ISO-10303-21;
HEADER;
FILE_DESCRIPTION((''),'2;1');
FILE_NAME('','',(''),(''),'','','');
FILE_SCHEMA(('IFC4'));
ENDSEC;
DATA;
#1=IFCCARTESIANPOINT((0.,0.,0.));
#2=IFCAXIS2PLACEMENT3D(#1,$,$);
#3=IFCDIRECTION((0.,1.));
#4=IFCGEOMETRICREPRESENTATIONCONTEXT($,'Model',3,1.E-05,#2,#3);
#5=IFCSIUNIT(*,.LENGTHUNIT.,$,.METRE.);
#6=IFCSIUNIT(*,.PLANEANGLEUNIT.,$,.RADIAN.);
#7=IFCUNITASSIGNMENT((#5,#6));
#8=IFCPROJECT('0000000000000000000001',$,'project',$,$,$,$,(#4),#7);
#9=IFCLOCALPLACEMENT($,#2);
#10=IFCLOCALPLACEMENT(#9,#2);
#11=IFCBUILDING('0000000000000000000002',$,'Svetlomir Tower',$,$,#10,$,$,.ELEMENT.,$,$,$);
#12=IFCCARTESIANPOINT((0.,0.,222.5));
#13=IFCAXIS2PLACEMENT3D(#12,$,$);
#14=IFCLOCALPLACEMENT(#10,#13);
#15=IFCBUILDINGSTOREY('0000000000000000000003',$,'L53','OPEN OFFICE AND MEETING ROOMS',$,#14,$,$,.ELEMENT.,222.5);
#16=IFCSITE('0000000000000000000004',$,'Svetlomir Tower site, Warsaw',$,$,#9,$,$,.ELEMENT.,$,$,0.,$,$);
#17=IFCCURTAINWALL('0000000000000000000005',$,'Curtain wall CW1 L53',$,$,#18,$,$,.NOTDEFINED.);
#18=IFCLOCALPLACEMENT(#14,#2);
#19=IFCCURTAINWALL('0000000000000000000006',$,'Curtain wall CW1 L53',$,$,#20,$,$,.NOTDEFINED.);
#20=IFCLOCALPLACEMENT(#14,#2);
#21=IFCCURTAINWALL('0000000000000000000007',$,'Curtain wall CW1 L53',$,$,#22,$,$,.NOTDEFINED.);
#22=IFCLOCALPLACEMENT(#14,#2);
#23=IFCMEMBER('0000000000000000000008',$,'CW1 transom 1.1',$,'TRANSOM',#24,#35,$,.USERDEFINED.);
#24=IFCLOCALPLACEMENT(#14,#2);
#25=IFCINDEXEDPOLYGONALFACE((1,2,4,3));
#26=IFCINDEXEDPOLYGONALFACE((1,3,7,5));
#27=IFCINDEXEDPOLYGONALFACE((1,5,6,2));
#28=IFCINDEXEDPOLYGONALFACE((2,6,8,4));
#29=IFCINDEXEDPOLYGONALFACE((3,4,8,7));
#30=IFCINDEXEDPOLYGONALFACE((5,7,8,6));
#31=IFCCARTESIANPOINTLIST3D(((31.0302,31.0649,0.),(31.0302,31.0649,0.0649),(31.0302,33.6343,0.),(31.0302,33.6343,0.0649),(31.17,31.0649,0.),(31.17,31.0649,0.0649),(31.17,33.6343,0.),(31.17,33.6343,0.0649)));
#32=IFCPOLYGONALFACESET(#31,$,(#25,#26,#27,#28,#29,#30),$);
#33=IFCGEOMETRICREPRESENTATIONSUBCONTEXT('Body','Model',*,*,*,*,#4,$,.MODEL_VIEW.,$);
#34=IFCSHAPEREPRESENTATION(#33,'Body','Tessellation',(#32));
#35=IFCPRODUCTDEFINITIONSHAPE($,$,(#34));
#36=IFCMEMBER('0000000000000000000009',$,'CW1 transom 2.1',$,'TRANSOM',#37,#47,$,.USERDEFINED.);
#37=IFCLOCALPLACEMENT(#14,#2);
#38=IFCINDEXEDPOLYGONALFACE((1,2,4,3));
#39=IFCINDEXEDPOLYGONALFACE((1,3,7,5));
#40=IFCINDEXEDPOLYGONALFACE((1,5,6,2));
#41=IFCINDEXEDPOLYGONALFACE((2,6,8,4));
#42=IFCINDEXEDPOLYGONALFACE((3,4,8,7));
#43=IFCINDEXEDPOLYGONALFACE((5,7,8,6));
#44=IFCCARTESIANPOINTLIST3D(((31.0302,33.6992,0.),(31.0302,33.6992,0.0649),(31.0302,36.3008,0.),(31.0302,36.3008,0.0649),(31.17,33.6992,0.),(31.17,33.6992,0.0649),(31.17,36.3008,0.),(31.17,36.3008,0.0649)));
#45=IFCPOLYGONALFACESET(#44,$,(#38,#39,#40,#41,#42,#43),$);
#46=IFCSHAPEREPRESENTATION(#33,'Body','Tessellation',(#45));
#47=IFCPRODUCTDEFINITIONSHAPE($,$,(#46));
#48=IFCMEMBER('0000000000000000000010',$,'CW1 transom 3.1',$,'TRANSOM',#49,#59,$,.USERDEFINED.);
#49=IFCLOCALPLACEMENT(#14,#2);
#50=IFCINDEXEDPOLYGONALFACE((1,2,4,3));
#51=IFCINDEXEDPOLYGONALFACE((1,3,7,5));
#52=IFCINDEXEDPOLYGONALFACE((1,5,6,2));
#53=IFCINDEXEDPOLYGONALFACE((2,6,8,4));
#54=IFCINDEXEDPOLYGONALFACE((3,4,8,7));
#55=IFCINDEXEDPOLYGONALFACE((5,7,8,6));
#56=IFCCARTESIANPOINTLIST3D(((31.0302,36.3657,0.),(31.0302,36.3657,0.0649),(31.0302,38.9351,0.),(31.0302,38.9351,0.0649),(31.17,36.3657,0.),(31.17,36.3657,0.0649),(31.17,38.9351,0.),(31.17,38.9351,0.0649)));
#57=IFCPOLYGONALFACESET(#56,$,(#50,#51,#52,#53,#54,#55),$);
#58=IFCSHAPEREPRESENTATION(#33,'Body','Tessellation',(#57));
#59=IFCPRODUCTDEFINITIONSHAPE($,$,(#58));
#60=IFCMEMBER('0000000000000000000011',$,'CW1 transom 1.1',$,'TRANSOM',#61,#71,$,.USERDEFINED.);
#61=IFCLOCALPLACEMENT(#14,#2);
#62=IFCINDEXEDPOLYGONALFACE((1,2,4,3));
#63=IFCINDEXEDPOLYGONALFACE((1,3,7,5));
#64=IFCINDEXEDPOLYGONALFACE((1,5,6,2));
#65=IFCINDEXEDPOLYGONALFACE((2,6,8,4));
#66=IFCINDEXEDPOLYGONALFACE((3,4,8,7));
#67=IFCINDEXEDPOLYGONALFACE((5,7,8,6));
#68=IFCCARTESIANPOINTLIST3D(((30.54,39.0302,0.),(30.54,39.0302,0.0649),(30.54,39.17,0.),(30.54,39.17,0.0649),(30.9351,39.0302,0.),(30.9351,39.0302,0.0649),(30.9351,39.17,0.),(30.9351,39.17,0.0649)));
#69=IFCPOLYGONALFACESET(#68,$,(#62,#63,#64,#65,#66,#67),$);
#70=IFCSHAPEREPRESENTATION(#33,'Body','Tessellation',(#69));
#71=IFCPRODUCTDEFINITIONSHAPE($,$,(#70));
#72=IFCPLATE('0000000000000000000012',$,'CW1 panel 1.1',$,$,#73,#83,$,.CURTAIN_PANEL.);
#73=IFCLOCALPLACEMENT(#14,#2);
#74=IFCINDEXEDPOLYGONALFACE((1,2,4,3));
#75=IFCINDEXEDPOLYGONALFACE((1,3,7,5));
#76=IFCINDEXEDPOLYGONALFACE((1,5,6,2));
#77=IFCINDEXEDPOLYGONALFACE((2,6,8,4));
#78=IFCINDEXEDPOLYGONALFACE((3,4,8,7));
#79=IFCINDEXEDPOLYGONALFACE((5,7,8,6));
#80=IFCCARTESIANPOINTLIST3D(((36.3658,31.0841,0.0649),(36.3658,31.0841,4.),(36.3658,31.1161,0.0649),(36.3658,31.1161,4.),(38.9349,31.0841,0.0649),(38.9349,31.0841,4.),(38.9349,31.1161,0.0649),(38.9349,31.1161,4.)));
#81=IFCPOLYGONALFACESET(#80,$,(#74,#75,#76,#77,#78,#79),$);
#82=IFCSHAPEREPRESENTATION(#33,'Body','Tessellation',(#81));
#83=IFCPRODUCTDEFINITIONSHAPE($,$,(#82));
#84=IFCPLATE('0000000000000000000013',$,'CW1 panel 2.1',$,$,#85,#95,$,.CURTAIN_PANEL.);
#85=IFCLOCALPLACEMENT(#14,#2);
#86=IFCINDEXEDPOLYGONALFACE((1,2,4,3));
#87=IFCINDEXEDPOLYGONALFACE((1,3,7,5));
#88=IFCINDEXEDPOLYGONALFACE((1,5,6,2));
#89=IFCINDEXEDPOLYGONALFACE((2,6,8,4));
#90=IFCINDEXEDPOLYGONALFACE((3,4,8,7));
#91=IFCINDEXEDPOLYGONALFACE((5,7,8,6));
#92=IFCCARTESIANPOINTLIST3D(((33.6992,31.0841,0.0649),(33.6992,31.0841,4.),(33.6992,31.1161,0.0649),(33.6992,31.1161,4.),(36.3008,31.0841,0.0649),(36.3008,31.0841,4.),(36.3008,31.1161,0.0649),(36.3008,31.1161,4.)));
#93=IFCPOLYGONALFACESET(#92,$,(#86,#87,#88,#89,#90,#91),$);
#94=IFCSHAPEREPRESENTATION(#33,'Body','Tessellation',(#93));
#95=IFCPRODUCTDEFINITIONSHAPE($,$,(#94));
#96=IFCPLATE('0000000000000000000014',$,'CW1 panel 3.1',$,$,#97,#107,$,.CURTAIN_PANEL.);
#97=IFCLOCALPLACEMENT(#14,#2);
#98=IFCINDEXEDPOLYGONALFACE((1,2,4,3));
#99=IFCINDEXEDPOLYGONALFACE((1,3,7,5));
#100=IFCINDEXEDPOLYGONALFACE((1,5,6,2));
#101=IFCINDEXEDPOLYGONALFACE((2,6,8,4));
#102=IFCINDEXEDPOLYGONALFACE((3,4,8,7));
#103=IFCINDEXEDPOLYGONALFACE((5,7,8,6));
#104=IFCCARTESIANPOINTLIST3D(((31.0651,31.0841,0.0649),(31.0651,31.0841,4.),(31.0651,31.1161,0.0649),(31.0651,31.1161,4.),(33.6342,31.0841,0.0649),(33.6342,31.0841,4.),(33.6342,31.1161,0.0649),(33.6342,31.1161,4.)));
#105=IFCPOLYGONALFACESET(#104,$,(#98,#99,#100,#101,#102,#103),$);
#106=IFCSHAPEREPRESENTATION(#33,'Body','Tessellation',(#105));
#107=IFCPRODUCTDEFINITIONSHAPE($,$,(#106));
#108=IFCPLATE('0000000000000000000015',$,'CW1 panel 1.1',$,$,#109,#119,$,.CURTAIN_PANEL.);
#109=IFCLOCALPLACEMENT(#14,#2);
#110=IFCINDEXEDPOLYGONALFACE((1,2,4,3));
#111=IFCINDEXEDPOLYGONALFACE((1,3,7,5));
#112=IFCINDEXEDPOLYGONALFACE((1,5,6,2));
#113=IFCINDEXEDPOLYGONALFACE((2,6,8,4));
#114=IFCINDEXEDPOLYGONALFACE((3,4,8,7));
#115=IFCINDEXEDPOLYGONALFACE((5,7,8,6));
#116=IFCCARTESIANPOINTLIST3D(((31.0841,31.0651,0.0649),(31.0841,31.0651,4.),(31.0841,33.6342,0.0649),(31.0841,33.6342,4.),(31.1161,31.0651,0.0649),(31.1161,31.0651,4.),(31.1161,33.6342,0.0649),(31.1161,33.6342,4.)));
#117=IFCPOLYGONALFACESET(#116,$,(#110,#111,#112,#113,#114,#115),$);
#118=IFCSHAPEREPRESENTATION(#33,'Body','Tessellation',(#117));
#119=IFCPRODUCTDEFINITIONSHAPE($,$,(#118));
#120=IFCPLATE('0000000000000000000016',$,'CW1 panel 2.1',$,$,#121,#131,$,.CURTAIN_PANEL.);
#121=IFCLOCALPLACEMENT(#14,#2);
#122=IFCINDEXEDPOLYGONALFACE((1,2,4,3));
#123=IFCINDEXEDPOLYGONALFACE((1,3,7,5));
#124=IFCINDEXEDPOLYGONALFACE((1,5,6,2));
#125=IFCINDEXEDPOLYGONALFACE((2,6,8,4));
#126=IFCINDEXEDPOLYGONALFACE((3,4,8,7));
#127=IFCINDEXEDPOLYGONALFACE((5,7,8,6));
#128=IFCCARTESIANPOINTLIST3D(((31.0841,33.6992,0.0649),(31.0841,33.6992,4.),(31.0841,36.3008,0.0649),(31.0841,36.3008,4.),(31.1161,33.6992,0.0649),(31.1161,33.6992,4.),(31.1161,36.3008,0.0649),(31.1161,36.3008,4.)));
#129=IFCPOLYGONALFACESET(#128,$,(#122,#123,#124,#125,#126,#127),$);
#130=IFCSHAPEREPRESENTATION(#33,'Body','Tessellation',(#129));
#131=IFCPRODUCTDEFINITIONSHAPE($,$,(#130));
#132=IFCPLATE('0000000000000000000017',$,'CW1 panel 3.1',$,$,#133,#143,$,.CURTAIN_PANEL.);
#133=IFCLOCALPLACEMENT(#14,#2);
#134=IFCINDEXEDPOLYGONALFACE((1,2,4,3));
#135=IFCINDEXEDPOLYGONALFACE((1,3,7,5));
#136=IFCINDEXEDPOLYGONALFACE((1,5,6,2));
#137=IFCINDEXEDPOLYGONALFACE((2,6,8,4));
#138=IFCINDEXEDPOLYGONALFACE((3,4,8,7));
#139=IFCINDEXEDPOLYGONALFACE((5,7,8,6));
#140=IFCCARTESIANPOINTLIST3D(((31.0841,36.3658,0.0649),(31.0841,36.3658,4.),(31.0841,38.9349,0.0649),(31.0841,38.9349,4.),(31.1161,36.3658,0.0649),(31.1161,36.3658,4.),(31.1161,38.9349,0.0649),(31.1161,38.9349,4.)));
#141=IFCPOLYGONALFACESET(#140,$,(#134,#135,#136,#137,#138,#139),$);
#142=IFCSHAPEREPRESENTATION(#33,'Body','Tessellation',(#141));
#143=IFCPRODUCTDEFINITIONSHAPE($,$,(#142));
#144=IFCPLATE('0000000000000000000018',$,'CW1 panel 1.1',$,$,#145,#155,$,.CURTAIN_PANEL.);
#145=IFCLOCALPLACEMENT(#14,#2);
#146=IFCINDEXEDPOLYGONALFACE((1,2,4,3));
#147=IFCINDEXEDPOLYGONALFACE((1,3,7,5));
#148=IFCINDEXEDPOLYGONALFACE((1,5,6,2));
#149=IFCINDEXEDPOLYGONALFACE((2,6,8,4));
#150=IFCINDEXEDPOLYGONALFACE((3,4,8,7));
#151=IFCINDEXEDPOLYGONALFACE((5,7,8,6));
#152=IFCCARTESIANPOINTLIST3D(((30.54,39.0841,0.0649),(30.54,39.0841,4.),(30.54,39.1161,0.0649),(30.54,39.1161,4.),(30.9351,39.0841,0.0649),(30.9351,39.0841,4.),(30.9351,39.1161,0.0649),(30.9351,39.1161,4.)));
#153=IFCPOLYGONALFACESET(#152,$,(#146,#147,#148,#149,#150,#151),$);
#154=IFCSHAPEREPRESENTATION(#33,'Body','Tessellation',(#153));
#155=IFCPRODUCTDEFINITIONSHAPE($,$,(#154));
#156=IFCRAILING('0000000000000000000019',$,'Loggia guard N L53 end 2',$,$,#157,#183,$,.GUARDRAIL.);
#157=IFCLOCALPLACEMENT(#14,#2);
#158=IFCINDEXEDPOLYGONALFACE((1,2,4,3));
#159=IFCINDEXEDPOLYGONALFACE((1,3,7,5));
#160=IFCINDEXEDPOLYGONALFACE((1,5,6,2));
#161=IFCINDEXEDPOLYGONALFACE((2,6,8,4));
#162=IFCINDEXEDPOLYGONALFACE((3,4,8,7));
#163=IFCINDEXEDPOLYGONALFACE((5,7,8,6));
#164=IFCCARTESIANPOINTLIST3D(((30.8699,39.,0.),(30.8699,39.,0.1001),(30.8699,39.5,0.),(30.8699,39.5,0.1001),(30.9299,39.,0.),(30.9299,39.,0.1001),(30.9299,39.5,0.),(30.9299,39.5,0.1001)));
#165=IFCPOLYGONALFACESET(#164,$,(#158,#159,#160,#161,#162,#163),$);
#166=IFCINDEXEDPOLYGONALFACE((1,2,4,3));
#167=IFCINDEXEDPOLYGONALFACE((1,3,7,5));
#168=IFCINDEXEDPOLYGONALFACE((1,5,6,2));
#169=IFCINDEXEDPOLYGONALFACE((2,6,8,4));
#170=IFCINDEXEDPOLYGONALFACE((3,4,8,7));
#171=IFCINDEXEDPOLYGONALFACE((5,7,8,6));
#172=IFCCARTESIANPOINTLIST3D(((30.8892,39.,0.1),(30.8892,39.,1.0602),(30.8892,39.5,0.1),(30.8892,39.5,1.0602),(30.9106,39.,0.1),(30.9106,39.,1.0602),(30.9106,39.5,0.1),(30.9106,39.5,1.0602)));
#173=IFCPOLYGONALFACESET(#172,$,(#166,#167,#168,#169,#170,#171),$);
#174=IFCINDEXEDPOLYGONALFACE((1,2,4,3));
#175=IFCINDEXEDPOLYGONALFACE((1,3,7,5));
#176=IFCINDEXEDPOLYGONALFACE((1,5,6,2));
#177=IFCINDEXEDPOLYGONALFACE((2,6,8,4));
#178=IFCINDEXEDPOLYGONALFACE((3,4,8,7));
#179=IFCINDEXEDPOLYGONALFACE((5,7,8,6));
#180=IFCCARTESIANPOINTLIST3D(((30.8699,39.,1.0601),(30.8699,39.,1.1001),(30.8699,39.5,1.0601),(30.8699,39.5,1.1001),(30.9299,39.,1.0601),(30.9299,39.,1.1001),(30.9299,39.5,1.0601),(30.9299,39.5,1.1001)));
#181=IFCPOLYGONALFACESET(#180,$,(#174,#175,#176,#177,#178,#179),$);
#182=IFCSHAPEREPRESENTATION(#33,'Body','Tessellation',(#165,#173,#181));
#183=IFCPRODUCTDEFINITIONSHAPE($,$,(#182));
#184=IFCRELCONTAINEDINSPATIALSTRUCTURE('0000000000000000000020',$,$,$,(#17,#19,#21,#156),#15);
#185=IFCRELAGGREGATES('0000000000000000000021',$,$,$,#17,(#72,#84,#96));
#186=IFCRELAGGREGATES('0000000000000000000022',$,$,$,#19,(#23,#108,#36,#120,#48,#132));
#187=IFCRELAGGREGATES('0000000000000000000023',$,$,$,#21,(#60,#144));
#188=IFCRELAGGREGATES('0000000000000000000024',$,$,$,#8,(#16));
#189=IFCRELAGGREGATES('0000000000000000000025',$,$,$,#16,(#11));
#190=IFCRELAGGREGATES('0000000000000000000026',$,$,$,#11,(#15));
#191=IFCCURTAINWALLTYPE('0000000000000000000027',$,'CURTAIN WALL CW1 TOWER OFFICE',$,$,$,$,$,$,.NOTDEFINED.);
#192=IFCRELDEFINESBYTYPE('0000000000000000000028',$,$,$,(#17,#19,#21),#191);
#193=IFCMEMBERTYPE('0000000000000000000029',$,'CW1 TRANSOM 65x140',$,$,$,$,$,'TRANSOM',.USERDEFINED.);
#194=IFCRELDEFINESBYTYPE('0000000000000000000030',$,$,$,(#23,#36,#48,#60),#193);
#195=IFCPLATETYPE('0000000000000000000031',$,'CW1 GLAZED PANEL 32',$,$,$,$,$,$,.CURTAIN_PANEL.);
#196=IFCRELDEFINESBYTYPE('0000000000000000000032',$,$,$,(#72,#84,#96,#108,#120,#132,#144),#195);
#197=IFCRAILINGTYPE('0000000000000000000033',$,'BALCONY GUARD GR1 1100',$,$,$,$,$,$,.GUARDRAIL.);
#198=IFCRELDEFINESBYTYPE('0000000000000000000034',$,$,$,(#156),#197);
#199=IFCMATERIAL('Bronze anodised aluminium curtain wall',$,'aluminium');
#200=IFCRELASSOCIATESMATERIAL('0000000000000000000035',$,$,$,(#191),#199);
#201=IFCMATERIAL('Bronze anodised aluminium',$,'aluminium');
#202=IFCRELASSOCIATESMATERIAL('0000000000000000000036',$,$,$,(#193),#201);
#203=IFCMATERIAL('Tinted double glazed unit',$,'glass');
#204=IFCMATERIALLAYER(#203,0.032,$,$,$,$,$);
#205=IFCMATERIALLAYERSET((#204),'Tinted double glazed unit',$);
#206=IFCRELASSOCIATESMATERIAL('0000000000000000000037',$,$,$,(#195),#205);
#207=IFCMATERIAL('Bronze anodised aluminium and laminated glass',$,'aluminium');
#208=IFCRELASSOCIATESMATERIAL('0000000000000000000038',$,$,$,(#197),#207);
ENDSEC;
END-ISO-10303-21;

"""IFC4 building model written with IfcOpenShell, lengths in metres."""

from ifc_helpers import new_model, si_unit, direction, frame, origin, origin_2d, place, context, subcontext, project, spatial, rectangle, extrude, material, layer, layer_set, material_profile, profile_set, type_object, element, aggregate, save


model = new_model("IFC4")

# Units and contexts
model_context = context("Model", 3, precision=1e-05, world=origin(), true_north=direction((0.0, 1.0)))
body_context = subcontext(model_context, "Body", "Model", "MODEL_VIEW")
ifc_project = project(units=[si_unit("LENGTHUNIT", "METRE"), si_unit("PLANEANGLEUNIT", "RADIAN")], contexts=[model_context])

# Site, building, storey
site_placement = place(None, origin())
site = spatial("IfcSite", under=ifc_project, at=site_placement, Name="Svetlomir Tower site, Warsaw", CompositionType="ELEMENT", RefElevation=0.0)
building_placement = place(site_placement, origin())
building = spatial("IfcBuilding", under=site, at=building_placement, Name="Svetlomir Tower", CompositionType="ELEMENT")
storey_placement = place(building_placement, frame((0.0, 0.0, 222.5)))
storey = spatial("IfcBuildingStorey", under=building, at=storey_placement, Name="L53", Description="OPEN OFFICE AND MEETING ROOMS", CompositionType="ELEMENT", Elevation=222.5)

# Curtain walls
ifc_material_1 = material(Name="Bronze anodised aluminium curtain wall", Category="aluminium")
curtain_wall_type = type_object("IfcCurtainWallType", Name="CURTAIN WALL CW1 TOWER OFFICE", PredefinedType="NOTDEFINED", material=ifc_material_1)
curtain_wall_1_placement = place(storey_placement, origin())
curtain_wall_1 = element("IfcCurtainWall", 1, at=curtain_wall_1_placement, inside=storey, type_object=curtain_wall_type, Name="Curtain wall CW1 L53", PredefinedType="NOTDEFINED")
curtain_wall_2_placement = place(storey_placement, origin())
curtain_wall_2 = element("IfcCurtainWall", 2, at=curtain_wall_2_placement, inside=storey, type_object=curtain_wall_type, Name="Curtain wall CW1 L53", PredefinedType="NOTDEFINED")

# Curtain wall
curtain_wall_3_placement = place(storey_placement, origin())
curtain_wall_3 = element("IfcCurtainWall", 3, at=curtain_wall_3_placement, inside=storey, type_object=curtain_wall_type, Name="Curtain wall CW1 L53", PredefinedType="NOTDEFINED")

# Members
ifc_material_2 = material(Name="Bronze anodised aluminium", Category="aluminium")
ifc_material_profile_1 = material_profile(ifc_material_2, rectangle(XDim=0.1399, YDim=0.0649, at=origin_2d()), Name="AL 140x65")
ifc_profile_set_1 = profile_set([ifc_material_profile_1], Name="Bronze anodised aluminium 6063-T6")
member_type_1 = type_object("IfcMemberType", Name="CW1 TRANSOM 65x140", ElementType="TRANSOM", PredefinedType="USERDEFINED", material=ifc_profile_set_1)
member_1_placement = place(storey_placement, frame((31.1001, 31.0649, 0.0325), z_axis=(0.0, 1.0, 0.0), x_axis=(-1.0, 0.0, 0.0)))
member_1 = element("IfcMember", 4, at=member_1_placement, type_object=member_type_1, Name="CW1 transom 1.1", ObjectType="TRANSOM", PredefinedType="USERDEFINED", context=body_context, shape_type="SweptSolid", body=[
    extrude(rectangle(XDim=0.1399, YDim=0.0649, at=origin_2d()), origin(), (0.0, 0.0, 1.0), 2.5693),
])
member_2_placement = place(storey_placement, frame((31.1001, 33.6992, 0.0325), z_axis=(0.0, 1.0, 0.0), x_axis=(-1.0, 0.0, 0.0)))
member_2 = element("IfcMember", 5, at=member_2_placement, type_object=member_type_1, Name="CW1 transom 2.1", ObjectType="TRANSOM", PredefinedType="USERDEFINED", context=body_context, shape_type="SweptSolid", body=[
    extrude(rectangle(XDim=0.1399, YDim=0.0649, at=origin_2d()), origin(), (0.0, 0.0, 1.0), 2.6016),
])
member_3_placement = place(storey_placement, frame((31.1001, 36.3657, 0.0325), z_axis=(0.0, 1.0, 0.0), x_axis=(-1.0, 0.0, 0.0)))
member_3 = element("IfcMember", 6, at=member_3_placement, type_object=member_type_1, Name="CW1 transom 3.1", ObjectType="TRANSOM", PredefinedType="USERDEFINED", context=body_context, shape_type="SweptSolid", body=[
    extrude(rectangle(XDim=0.1399, YDim=0.0649, at=origin_2d()), origin(), (0.0, 0.0, 1.0), 2.5693),
])
member_4_placement = place(storey_placement, frame((30.9351, 39.1001, 0.0325), z_axis=(-1.0, 0.0, 0.0), x_axis=(0.0, -1.0, 0.0)))
member_4 = element("IfcMember", 7, at=member_4_placement, type_object=member_type_1, Name="CW1 transom 1.1", ObjectType="TRANSOM", PredefinedType="USERDEFINED", context=body_context, shape_type="SweptSolid", body=[
    extrude(rectangle(XDim=0.1399, YDim=0.0649, at=origin_2d()), origin(), (0.0, 0.0, 1.0), 0.395),
])

# Plates
ifc_material_3 = material(Name="Tinted double glazed unit", Category="glass")
ifc_layer = layer(ifc_material_3, 0.032)
ifc_layer_set = layer_set([ifc_layer], Name="Tinted double glazed unit")
plate_type = type_object("IfcPlateType", Name="CW1 GLAZED PANEL 32", PredefinedType="CURTAIN_PANEL", material=ifc_layer_set)
plate_1_placement = place(storey_placement, frame((37.6504, 31.1001, 0.0649), z_axis=(0.0, 0.0, 1.0), x_axis=(-1.0, 0.0, 0.0)))
plate_1 = element("IfcPlate", 8, at=plate_1_placement, type_object=plate_type, Name="CW1 panel 1.1", PredefinedType="CURTAIN_PANEL", context=body_context, shape_type="SweptSolid", body=[
    extrude(rectangle(XDim=2.5691, YDim=0.032, at=origin_2d()), origin(), (0.0, 0.0, 1.0), 3.9351),
])
plate_2_placement = place(storey_placement, frame((35.0, 31.1001, 0.0649), z_axis=(0.0, 0.0, 1.0), x_axis=(-1.0, 0.0, 0.0)))
plate_2 = element("IfcPlate", 9, at=plate_2_placement, type_object=plate_type, Name="CW1 panel 2.1", PredefinedType="CURTAIN_PANEL", context=body_context, shape_type="SweptSolid", body=[
    extrude(rectangle(XDim=2.6016, YDim=0.032, at=origin_2d()), origin(), (0.0, 0.0, 1.0), 3.9351),
])
plate_3_placement = place(storey_placement, frame((32.3496, 31.1001, 0.0649), z_axis=(0.0, 0.0, 1.0), x_axis=(-1.0, 0.0, 0.0)))
plate_3 = element("IfcPlate", 10, at=plate_3_placement, type_object=plate_type, Name="CW1 panel 3.1", PredefinedType="CURTAIN_PANEL", context=body_context, shape_type="SweptSolid", body=[
    extrude(rectangle(XDim=2.5691, YDim=0.032, at=origin_2d()), origin(), (0.0, 0.0, 1.0), 3.9351),
])
aggregate(curtain_wall_1, [plate_1, plate_2, plate_3])
plate_4_placement = place(storey_placement, frame((31.1001, 32.3496, 0.0649), z_axis=(0.0, 0.0, 1.0), x_axis=(0.0, 1.0, 0.0)))
plate_4 = element("IfcPlate", 11, at=plate_4_placement, type_object=plate_type, Name="CW1 panel 1.1", PredefinedType="CURTAIN_PANEL", context=body_context, shape_type="SweptSolid", body=[
    extrude(rectangle(XDim=2.5691, YDim=0.032, at=origin_2d()), origin(), (0.0, 0.0, 1.0), 3.9351),
])
plate_5_placement = place(storey_placement, frame((31.1001, 35.0, 0.0649), z_axis=(0.0, 0.0, 1.0), x_axis=(0.0, 1.0, 0.0)))
plate_5 = element("IfcPlate", 12, at=plate_5_placement, type_object=plate_type, Name="CW1 panel 2.1", PredefinedType="CURTAIN_PANEL", context=body_context, shape_type="SweptSolid", body=[
    extrude(rectangle(XDim=2.6016, YDim=0.032, at=origin_2d()), origin(), (0.0, 0.0, 1.0), 3.9351),
])
plate_6_placement = place(storey_placement, frame((31.1001, 37.6504, 0.0649), z_axis=(0.0, 0.0, 1.0), x_axis=(0.0, 1.0, 0.0)))
plate_6 = element("IfcPlate", 13, at=plate_6_placement, type_object=plate_type, Name="CW1 panel 3.1", PredefinedType="CURTAIN_PANEL", context=body_context, shape_type="SweptSolid", body=[
    extrude(rectangle(XDim=2.5691, YDim=0.032, at=origin_2d()), origin(), (0.0, 0.0, 1.0), 3.9351),
])
aggregate(curtain_wall_2, [member_1, plate_4, member_2, plate_5, member_3, plate_6])
plate_7_placement = place(storey_placement, frame((30.7375, 39.1001, 0.0649), z_axis=(0.0, 0.0, 1.0), x_axis=(-1.0, 0.0, 0.0)))
plate_7 = element("IfcPlate", 14, at=plate_7_placement, type_object=plate_type, Name="CW1 panel 1.1", PredefinedType="CURTAIN_PANEL", context=body_context, shape_type="SweptSolid", body=[
    extrude(rectangle(XDim=0.395, YDim=0.032, at=origin_2d()), origin(), (0.0, 0.0, 1.0), 3.9351),
])
aggregate(curtain_wall_3, [member_4, plate_7])

# Railing
ifc_material_4 = material(Name="Bronze anodised aluminium and laminated glass", Category="aluminium")
railing_type = type_object("IfcRailingType", Name="BALCONY GUARD GR1 1100", PredefinedType="GUARDRAIL", material=ifc_material_4)
railing_placement = place(storey_placement, frame((30.8999, 39.5, 0.0)))
element("IfcRailing", 15, at=railing_placement, inside=storey, type_object=railing_type, Name="Loggia guard N L53 end 2", PredefinedType="GUARDRAIL", context=body_context, shape_type="SweptSolid", body=[
    extrude(rectangle(XDim=0.0601, YDim=0.1001, at=origin_2d()), frame((0.0, 0.0, 0.05), z_axis=(0.0, -1.0, 0.0), x_axis=(1.0, 0.0, 0.0)), (0.0, 0.0, 1.0), 0.5),
    extrude(rectangle(XDim=0.0215, YDim=0.9602, at=origin_2d()), frame((0.0, 0.0, 0.5801), z_axis=(0.0, -1.0, 0.0), x_axis=(1.0, 0.0, 0.0)), (0.0, 0.0, 1.0), 0.5),
    extrude(rectangle(XDim=0.0601, YDim=0.04, at=origin_2d()), frame((0.0, 0.0, 1.0801), z_axis=(0.0, -1.0, 0.0), x_axis=(1.0, 0.0, 0.0)), (0.0, 0.0, 1.0), 0.5),
])

save(model, "model.ifc")
